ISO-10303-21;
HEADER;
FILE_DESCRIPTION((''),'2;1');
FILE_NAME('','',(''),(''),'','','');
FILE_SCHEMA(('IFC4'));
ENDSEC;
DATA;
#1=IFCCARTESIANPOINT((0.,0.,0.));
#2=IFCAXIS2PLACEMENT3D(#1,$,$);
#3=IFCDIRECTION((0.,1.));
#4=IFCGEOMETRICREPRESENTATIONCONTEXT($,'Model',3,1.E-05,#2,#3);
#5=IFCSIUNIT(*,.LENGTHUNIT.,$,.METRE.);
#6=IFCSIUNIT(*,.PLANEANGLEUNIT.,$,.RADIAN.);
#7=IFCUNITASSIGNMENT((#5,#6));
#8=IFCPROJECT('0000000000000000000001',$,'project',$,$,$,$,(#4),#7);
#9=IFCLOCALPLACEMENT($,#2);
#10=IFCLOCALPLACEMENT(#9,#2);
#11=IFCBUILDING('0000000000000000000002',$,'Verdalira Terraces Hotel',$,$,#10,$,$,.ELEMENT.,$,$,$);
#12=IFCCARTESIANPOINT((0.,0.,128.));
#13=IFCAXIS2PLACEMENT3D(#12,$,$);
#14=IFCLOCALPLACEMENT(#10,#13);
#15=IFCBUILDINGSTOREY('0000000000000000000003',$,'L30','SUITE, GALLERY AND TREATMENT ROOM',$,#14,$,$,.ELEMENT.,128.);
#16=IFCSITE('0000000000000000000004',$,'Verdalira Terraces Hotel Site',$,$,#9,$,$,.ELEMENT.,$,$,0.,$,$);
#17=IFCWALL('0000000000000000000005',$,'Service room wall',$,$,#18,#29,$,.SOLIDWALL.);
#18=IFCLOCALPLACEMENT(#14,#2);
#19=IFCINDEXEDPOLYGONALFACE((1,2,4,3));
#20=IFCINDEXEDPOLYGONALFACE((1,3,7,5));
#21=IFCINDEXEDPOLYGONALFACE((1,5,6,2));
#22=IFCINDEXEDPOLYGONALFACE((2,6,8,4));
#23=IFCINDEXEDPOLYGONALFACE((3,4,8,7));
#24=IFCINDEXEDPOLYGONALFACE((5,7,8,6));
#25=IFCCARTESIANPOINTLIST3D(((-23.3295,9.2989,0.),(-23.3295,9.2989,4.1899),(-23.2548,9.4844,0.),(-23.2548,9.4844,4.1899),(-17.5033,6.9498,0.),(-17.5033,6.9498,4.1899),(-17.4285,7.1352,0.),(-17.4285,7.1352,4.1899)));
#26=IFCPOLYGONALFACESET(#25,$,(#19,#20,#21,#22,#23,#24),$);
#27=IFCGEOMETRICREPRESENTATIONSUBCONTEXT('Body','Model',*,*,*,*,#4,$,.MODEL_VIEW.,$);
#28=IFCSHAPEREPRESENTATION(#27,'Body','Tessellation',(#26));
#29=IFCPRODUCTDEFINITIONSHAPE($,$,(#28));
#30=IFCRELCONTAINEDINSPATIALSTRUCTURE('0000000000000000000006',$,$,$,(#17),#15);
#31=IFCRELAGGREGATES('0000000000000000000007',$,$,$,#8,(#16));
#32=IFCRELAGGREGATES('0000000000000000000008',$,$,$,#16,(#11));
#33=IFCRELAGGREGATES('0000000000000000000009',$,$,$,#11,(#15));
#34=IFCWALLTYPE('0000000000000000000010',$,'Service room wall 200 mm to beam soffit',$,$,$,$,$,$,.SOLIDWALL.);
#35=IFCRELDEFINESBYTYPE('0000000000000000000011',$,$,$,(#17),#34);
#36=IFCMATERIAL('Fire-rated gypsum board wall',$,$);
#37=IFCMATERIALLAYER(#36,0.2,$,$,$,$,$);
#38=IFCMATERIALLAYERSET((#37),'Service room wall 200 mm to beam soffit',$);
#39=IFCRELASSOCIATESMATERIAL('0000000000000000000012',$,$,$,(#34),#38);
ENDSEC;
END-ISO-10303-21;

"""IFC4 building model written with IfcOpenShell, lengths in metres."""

from ifc_helpers import new_model, si_unit, direction, frame, frame_2d, origin, place, context, subcontext, project, spatial, rectangle, extrude, material, layer, layer_set, type_object, element, save


model = new_model("IFC4")

# Units and contexts
model_context = context("Model", 3, precision=1e-05, world=origin(), true_north=direction((0.0, 1.0)))
body_context = subcontext(model_context, "Body", "Model", "MODEL_VIEW")
ifc_project = project(units=[si_unit("LENGTHUNIT", "METRE"), si_unit("PLANEANGLEUNIT", "RADIAN")], contexts=[model_context])

# Site, building, storey
site_placement = place(None, origin())
site = spatial("IfcSite", under=ifc_project, at=site_placement, Name="Verdalira Terraces Hotel Site", CompositionType="ELEMENT", RefElevation=0.0)
building_placement = place(site_placement, origin())
building = spatial("IfcBuilding", under=site, at=building_placement, Name="Verdalira Terraces Hotel", CompositionType="ELEMENT")
storey_placement = place(building_placement, frame((0.0, 0.0, 128.0)))
storey = spatial("IfcBuildingStorey", under=building, at=storey_placement, Name="L30", Description="SUITE, GALLERY AND TREATMENT ROOM", CompositionType="ELEMENT", Elevation=128.0)

# Wall
ifc_material_1 = material(Name="Fire-rated gypsum board wall")
ifc_layer_1 = layer(ifc_material_1, 0.2)
ifc_layer_set_1 = layer_set([ifc_layer_1], Name="Service room wall 200 mm to beam soffit")
wall_type_1 = type_object("IfcWallType", Name="Service room wall 200 mm to beam soffit", PredefinedType="SOLIDWALL", material=ifc_layer_set_1)
wall_1_placement = place(storey_placement, frame((-17.4658, 7.0425, 0.0), z_axis=(0.0, 0.0, 1.0), x_axis=(-0.927449, 0.373949, 0.0)))
element("IfcWall", 1, at=wall_1_placement, inside=storey, type_object=wall_type_1, Name="Service room wall", PredefinedType="SOLIDWALL", context=body_context, shape_type="SweptSolid", body=[
    extrude(rectangle(XDim=6.282, YDim=0.2, at=frame_2d((3.1411, 0.0))), origin(), (0.0, 0.0, 1.0), 4.1899),
])

save(model, "model.ifc")
